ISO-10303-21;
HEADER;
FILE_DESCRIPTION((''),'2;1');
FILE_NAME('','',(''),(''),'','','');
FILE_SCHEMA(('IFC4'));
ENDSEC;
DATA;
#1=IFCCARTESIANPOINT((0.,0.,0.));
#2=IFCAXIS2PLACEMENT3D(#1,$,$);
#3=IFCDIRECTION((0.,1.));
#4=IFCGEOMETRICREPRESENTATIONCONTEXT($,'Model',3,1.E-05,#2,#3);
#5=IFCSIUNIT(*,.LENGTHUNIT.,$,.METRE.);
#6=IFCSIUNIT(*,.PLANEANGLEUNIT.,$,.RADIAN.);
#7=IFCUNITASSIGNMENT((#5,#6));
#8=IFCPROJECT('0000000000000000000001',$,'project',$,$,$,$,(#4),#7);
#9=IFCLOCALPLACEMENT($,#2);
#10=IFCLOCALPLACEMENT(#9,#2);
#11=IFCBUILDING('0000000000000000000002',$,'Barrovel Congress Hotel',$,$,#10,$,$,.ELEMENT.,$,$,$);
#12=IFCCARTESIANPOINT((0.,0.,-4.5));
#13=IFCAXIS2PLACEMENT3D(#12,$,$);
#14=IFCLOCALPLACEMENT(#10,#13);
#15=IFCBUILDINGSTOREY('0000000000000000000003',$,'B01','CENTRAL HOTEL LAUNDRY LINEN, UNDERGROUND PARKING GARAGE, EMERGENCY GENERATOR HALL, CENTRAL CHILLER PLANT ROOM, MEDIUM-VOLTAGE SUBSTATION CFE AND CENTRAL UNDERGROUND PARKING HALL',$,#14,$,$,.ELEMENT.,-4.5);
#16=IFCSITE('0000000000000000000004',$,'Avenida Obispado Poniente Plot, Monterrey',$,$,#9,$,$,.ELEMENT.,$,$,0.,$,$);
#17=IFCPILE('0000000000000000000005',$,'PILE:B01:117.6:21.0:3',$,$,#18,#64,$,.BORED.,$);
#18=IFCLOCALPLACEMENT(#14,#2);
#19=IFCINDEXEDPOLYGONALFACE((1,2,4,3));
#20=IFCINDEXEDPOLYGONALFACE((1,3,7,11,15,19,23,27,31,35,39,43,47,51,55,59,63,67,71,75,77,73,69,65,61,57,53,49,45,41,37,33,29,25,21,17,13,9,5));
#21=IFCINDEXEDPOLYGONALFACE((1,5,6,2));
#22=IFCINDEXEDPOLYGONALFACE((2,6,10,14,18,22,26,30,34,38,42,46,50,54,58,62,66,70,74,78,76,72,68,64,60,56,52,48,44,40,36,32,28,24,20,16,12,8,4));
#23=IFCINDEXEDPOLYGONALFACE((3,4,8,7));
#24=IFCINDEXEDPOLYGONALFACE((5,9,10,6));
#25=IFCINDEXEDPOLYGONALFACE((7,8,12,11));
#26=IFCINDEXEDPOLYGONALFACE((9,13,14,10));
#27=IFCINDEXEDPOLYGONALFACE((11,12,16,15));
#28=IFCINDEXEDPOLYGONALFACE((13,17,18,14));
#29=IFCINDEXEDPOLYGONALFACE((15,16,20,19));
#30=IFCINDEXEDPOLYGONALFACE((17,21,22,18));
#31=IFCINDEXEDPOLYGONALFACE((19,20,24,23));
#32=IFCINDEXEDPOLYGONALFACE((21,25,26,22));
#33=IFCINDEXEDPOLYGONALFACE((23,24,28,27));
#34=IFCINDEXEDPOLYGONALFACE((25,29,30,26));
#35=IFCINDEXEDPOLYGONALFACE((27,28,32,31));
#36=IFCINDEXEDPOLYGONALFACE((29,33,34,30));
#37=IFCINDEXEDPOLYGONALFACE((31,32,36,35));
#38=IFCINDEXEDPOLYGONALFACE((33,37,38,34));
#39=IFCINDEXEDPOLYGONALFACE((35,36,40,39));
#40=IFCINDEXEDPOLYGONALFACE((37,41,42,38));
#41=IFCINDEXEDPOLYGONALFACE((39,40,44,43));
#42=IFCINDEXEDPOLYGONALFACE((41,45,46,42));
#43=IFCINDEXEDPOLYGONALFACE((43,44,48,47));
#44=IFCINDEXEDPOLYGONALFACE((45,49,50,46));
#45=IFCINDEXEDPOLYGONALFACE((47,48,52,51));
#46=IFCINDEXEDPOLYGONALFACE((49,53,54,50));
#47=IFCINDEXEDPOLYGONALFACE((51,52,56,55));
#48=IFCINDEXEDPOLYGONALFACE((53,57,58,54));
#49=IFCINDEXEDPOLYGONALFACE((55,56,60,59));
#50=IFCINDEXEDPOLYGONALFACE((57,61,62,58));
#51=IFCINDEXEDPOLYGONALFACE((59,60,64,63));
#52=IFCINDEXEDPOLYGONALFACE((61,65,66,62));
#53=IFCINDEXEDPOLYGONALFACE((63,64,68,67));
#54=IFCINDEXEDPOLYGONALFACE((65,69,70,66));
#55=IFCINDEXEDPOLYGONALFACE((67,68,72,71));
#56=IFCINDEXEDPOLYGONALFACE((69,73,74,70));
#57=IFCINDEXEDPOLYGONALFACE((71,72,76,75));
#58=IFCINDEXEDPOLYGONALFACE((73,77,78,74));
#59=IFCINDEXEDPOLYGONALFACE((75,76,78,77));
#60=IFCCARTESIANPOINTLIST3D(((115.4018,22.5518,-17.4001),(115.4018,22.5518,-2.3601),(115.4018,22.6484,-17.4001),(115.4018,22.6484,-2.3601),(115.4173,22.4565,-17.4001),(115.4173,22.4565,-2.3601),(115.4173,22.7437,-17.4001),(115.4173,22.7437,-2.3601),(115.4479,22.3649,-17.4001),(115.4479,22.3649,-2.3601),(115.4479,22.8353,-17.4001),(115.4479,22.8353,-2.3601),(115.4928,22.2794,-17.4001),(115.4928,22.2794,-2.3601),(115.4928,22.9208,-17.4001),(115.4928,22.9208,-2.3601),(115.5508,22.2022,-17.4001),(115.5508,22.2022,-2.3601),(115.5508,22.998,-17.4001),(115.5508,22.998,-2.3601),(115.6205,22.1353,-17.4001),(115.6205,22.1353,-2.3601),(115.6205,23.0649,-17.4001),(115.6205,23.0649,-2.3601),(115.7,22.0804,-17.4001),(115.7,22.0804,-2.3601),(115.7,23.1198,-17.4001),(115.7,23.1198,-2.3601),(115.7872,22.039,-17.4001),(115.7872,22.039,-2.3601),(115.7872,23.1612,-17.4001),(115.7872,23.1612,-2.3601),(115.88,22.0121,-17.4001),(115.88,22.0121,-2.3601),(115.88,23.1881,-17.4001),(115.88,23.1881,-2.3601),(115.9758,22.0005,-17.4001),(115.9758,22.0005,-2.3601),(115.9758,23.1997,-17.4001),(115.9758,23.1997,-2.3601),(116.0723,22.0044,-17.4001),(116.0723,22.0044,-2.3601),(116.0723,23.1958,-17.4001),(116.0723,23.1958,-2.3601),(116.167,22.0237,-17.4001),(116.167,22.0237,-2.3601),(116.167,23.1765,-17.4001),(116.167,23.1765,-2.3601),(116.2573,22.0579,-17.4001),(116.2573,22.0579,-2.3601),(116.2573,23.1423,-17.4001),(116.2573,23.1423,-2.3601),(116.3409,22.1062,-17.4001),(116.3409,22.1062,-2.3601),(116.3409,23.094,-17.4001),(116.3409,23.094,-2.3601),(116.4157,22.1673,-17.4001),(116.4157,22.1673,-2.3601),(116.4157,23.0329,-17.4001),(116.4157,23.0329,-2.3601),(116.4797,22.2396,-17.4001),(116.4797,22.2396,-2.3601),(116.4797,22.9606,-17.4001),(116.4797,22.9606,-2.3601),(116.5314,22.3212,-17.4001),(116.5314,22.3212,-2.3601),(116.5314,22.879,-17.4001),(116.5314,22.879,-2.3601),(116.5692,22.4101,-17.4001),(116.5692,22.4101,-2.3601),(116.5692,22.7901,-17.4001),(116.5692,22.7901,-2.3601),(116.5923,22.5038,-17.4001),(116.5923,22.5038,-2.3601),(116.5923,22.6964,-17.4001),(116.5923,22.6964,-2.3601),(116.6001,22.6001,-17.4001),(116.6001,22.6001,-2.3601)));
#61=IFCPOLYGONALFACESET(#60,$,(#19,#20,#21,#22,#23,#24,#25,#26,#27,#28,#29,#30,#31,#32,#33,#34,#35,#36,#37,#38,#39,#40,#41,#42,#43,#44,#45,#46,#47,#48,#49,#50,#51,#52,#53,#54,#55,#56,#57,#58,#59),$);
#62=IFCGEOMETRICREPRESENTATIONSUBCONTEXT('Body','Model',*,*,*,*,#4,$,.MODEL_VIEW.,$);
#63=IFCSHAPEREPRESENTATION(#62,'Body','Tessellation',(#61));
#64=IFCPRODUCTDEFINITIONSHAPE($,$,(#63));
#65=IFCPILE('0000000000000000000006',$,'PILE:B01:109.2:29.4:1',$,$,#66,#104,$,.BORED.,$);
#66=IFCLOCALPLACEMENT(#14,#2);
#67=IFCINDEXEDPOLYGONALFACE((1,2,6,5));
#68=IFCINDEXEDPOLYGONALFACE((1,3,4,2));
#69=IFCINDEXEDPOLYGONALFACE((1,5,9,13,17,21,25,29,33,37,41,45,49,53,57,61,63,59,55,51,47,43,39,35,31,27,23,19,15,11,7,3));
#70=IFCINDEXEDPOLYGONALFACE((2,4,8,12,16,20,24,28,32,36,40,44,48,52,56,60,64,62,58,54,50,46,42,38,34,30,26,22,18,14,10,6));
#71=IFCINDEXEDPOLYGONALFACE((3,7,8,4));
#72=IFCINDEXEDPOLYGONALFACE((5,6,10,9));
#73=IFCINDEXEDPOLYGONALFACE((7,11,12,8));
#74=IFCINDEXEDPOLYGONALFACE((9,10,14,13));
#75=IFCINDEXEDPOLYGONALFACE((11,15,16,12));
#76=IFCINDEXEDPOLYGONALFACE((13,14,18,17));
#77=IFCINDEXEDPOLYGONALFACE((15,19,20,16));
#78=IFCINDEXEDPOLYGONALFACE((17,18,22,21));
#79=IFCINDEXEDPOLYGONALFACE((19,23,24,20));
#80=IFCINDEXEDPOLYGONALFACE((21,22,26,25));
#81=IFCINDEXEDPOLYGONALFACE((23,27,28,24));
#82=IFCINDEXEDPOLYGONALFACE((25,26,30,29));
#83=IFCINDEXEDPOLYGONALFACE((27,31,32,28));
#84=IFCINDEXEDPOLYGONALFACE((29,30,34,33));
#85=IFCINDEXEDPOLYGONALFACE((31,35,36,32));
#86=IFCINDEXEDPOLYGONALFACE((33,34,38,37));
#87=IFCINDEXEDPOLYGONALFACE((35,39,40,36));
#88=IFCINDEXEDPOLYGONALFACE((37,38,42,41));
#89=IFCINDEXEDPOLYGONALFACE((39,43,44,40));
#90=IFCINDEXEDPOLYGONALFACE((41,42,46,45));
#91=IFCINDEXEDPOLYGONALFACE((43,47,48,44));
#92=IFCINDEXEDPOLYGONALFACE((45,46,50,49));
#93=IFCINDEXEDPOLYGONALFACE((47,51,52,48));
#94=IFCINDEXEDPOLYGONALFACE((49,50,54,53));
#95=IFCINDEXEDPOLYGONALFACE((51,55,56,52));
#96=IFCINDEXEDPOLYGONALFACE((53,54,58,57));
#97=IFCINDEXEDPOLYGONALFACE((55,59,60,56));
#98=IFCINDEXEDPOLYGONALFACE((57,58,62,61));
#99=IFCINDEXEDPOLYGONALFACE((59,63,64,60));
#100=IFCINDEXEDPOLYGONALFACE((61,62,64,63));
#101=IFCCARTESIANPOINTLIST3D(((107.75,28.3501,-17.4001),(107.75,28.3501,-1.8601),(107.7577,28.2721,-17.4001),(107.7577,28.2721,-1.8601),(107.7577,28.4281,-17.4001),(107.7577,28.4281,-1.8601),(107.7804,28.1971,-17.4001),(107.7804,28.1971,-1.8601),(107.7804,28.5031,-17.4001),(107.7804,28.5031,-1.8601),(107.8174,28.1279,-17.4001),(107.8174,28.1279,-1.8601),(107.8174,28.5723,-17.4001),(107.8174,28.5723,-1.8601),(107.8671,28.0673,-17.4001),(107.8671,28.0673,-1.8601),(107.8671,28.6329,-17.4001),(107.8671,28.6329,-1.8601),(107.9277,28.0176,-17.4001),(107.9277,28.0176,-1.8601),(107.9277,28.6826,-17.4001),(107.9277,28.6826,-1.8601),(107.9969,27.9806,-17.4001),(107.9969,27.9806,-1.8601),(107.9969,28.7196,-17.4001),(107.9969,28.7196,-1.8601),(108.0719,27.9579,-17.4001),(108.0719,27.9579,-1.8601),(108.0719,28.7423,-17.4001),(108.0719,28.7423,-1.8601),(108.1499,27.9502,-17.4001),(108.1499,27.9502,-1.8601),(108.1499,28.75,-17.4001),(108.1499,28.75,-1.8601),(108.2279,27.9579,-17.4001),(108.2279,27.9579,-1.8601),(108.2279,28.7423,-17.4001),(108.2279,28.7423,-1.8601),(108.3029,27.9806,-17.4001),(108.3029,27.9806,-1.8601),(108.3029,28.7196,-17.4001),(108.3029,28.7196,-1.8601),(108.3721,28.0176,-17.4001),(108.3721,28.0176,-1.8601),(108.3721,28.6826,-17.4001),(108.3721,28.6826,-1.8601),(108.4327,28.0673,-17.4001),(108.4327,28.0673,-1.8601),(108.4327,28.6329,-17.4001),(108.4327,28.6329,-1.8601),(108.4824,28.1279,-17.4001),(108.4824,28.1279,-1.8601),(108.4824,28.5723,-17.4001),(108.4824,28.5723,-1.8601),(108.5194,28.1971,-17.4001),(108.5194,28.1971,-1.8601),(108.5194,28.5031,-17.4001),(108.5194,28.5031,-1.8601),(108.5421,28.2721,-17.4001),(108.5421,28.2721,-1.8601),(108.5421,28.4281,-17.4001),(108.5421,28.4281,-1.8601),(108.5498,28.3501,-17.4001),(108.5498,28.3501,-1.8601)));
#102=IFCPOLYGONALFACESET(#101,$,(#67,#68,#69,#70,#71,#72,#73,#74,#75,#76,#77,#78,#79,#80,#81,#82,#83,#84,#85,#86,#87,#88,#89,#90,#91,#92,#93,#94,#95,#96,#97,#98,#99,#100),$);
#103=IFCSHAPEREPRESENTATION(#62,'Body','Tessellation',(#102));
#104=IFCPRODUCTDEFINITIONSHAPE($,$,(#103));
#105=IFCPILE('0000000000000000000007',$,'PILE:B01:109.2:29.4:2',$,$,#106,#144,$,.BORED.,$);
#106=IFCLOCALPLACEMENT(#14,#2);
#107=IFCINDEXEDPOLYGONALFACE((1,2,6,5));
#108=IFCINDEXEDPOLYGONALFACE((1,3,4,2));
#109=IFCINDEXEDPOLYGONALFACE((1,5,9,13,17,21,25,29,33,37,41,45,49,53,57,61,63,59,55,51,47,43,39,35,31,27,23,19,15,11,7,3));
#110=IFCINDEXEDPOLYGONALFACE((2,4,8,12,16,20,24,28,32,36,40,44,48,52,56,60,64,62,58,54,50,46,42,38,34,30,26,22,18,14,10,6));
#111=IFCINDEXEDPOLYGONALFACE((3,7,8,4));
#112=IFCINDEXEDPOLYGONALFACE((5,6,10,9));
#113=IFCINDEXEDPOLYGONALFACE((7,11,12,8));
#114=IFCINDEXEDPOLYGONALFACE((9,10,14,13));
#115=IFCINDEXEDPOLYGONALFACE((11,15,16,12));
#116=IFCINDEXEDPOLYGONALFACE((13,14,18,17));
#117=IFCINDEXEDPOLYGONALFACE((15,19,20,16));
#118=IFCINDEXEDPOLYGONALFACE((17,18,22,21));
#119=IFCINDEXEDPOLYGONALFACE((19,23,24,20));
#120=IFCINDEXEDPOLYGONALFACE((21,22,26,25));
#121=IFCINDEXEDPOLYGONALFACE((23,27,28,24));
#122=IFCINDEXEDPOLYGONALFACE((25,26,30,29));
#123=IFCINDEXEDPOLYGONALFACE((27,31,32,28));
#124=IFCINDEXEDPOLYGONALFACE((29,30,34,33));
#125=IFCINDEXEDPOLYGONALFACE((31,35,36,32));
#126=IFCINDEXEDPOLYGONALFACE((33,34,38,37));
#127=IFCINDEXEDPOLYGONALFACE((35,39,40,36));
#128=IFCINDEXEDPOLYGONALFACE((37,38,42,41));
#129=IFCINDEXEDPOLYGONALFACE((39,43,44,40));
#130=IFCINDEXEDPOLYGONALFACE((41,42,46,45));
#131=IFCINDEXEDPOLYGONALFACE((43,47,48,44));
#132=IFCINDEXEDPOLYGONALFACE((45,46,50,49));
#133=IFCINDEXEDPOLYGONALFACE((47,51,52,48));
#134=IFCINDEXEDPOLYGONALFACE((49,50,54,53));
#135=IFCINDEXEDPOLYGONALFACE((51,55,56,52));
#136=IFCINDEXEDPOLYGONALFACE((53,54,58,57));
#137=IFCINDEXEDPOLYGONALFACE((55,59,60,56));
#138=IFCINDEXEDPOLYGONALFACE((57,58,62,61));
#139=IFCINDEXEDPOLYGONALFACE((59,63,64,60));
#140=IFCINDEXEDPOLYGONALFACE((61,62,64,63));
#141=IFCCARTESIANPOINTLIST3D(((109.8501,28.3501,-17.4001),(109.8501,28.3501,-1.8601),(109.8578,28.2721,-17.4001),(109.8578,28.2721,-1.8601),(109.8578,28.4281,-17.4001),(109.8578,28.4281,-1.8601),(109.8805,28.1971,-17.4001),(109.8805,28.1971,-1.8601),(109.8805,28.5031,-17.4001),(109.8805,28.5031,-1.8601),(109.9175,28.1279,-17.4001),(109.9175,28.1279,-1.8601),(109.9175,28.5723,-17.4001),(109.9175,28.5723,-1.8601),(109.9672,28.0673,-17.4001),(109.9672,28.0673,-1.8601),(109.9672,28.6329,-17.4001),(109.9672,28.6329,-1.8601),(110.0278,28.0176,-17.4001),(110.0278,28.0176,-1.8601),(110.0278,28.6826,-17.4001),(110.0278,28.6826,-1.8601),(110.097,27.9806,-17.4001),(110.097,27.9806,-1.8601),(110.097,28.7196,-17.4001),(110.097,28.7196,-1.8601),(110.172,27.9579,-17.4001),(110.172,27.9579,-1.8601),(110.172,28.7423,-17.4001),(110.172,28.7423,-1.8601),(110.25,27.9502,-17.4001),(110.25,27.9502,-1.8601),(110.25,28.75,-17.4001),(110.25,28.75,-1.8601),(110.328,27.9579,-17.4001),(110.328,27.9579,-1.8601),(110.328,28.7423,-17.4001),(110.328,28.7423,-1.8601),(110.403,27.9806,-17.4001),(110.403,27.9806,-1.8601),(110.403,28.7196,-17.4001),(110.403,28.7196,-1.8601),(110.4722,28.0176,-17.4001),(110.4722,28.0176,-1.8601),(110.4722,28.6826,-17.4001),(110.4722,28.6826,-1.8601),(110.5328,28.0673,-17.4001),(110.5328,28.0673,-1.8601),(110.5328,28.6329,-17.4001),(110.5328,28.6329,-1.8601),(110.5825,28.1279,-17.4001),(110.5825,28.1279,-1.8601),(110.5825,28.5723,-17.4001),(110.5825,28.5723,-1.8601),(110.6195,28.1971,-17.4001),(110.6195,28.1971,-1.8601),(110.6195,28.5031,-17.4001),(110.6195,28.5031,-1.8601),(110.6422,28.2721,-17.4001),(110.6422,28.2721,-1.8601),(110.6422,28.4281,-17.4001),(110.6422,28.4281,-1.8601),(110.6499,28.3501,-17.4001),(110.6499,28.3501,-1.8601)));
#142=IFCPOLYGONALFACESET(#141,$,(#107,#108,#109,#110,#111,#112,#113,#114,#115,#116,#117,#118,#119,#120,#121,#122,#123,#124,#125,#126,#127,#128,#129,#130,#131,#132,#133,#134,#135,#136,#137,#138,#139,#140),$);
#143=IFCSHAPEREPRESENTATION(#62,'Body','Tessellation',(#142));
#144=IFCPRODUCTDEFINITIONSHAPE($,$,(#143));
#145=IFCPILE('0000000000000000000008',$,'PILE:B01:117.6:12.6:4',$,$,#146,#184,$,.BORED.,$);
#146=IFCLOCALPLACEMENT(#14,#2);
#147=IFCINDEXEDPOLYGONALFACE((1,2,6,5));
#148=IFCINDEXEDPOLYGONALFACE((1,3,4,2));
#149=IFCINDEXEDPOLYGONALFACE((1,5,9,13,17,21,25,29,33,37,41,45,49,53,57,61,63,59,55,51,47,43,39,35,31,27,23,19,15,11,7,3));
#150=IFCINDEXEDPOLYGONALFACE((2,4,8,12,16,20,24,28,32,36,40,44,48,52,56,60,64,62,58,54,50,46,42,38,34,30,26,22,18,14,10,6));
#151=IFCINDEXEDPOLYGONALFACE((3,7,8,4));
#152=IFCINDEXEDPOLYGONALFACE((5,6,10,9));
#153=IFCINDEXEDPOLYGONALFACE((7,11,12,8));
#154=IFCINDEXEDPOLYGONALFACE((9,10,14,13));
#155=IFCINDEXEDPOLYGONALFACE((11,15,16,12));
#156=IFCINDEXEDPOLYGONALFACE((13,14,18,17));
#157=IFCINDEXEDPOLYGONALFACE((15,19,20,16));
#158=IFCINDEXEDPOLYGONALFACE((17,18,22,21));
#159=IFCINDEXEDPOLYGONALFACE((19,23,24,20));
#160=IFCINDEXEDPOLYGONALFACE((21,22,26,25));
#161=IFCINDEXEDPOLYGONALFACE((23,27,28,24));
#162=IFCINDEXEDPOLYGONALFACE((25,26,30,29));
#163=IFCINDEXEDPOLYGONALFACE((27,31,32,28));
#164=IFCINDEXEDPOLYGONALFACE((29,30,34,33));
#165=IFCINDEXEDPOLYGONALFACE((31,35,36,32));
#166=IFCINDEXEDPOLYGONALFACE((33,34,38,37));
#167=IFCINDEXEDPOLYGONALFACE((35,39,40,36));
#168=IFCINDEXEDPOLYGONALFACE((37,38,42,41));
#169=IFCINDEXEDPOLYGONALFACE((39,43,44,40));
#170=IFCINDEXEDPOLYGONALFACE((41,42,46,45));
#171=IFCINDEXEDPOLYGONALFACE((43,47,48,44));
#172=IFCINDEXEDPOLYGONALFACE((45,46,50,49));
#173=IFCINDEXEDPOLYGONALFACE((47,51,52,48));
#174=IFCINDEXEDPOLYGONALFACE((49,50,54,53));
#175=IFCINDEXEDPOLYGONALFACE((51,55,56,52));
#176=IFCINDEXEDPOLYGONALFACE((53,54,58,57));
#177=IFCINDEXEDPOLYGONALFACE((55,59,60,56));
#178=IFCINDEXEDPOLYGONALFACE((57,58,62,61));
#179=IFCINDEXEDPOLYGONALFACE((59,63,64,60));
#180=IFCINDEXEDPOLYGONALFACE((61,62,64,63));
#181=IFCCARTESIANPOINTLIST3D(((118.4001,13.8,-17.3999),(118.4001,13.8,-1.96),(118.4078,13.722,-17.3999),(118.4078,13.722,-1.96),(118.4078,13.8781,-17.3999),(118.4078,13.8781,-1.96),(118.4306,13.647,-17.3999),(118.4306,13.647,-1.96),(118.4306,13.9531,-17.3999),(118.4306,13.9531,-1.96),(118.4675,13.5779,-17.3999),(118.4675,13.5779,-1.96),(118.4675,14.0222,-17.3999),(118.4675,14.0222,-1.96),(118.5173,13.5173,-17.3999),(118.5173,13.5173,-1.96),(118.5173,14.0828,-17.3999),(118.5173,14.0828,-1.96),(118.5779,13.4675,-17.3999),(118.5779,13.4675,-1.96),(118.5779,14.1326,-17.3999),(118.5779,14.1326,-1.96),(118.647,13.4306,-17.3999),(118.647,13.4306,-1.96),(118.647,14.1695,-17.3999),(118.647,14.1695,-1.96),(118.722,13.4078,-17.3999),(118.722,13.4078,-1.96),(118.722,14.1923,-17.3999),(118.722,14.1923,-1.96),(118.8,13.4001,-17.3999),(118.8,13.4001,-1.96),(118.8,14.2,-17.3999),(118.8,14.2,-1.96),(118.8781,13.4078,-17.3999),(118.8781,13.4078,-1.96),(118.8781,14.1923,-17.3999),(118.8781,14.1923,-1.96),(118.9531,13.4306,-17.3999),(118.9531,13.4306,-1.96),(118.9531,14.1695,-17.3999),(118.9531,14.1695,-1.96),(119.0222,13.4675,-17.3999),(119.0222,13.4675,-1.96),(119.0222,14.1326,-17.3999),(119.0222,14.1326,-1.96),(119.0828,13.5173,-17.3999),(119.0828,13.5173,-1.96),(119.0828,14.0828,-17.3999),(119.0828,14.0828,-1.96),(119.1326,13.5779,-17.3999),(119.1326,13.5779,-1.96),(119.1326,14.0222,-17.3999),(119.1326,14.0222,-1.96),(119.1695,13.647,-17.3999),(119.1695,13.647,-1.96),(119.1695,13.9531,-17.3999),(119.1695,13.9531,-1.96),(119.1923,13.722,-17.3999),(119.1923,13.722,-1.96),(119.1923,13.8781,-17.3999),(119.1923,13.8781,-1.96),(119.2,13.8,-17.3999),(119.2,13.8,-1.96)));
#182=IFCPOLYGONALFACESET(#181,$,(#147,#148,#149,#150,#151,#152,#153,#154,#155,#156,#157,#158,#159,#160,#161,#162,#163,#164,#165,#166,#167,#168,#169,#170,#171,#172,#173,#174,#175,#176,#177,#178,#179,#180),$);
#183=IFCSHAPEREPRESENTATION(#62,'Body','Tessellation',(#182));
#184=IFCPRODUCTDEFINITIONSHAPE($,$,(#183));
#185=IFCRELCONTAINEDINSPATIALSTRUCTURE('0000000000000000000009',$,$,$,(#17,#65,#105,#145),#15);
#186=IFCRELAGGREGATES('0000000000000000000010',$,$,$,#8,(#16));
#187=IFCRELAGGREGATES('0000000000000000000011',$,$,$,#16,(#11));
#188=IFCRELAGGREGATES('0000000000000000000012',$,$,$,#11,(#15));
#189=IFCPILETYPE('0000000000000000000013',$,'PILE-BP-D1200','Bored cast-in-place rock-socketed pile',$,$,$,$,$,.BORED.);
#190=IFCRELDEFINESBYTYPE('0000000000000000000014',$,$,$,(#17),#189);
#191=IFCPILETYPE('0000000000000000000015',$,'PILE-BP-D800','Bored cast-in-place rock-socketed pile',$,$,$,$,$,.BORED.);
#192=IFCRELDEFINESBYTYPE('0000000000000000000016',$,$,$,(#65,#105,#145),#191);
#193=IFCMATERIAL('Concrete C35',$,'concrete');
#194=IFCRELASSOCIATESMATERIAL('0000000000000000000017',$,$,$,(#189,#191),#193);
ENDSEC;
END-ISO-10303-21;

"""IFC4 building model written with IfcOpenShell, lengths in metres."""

from ifc_helpers import new_model, si_unit, direction, frame, origin, origin_2d, place, context, subcontext, project, spatial, circle, extrude, material, material_profile, profile_set, type_object, element, save


model = new_model("IFC4")

# Units and contexts
model_context = context("Model", 3, precision=1e-05, world=origin(), true_north=direction((0.0, 1.0)))
body_context = subcontext(model_context, "Body", "Model", "MODEL_VIEW")
ifc_project = project(units=[si_unit("LENGTHUNIT", "METRE"), si_unit("PLANEANGLEUNIT", "RADIAN")], contexts=[model_context])

# Site, building, storey
site_placement = place(None, origin())
site = spatial("IfcSite", under=ifc_project, at=site_placement, Name="Avenida Obispado Poniente Plot, Monterrey", CompositionType="ELEMENT", RefElevation=0.0)
building_placement = place(site_placement, origin())
building = spatial("IfcBuilding", under=site, at=building_placement, Name="Barrovel Congress Hotel", CompositionType="ELEMENT")
storey_placement = place(building_placement, frame((0.0, 0.0, -4.5)))
storey = spatial("IfcBuildingStorey", under=building, at=storey_placement, Name="B01", Description="CENTRAL HOTEL LAUNDRY LINEN, UNDERGROUND PARKING GARAGE, EMERGENCY GENERATOR HALL, CENTRAL CHILLER PLANT ROOM, MEDIUM-VOLTAGE SUBSTATION CFE AND CENTRAL UNDERGROUND PARKING HALL", CompositionType="ELEMENT", Elevation=-4.5)

# Piles
ifc_material_1 = material(Name="Concrete C35", Category="concrete")
ifc_material_profile_1 = material_profile(ifc_material_1, circle(Radius=0.6001, at=origin_2d()), Name="BP-D1200")
ifc_profile_set_1 = profile_set([ifc_material_profile_1], Name="Concrete C35")
pile_type_1 = type_object("IfcPileType", Name="PILE-BP-D1200", Description="Bored cast-in-place rock-socketed pile", PredefinedType="BORED", material=ifc_profile_set_1)
for number, where, z_axis, x_axis, name in (
    (1, (116.0, 22.6001, -2.3601), (0.0, 0.0, -1.0), (1.0, 0.0, 0.0), "PILE:B01:117.6:21.0:3"),
):
    element("IfcPile", number, at=place(storey_placement, frame(where, z_axis=z_axis, x_axis=x_axis)), inside=storey, type_object=pile_type_1, Name=name, PredefinedType="BORED", context=body_context, shape_type="SweptSolid", body=[
        extrude(circle(Radius=0.6001, at=origin_2d()), origin(), (0.0, 0.0, 1.0), 15.04),
    ])
ifc_material_profile_2 = material_profile(ifc_material_1, circle(Radius=0.3999, at=origin_2d()), Name="BP-D800")
ifc_profile_set_2 = profile_set([ifc_material_profile_2], Name="Concrete C35")
pile_type_2 = type_object("IfcPileType", Name="PILE-BP-D800", Description="Bored cast-in-place rock-socketed pile", PredefinedType="BORED", material=ifc_profile_set_2)
for number, where, z_axis, x_axis, name in (
    (2, (108.1499, 28.3501, -1.8601), (0.0, 0.0, -1.0), (1.0, 0.0, 0.0), "PILE:B01:109.2:29.4:1"),
    (3, (110.25, 28.3501, -1.8601), (0.0, 0.0, -1.0), (1.0, 0.0, 0.0), "PILE:B01:109.2:29.4:2"),
):
    element("IfcPile", number, at=place(storey_placement, frame(where, z_axis=z_axis, x_axis=x_axis)), inside=storey, type_object=pile_type_2, Name=name, PredefinedType="BORED", context=body_context, shape_type="SweptSolid", body=[
        extrude(circle(Radius=0.3999, at=origin_2d()), origin(), (0.0, 0.0, 1.0), 15.54),
    ])
pile_placement = place(storey_placement, frame((118.8, 13.8, -1.96), z_axis=(0.0, 0.0, -1.0), x_axis=(1.0, 0.0, 0.0)))
element("IfcPile", 4, at=pile_placement, inside=storey, type_object=pile_type_2, Name="PILE:B01:117.6:12.6:4", PredefinedType="BORED", context=body_context, shape_type="SweptSolid", body=[
    extrude(circle(Radius=0.3999, at=origin_2d()), origin(), (0.0, 0.0, 1.0), 15.4399),
])

save(model, "model.ifc")
